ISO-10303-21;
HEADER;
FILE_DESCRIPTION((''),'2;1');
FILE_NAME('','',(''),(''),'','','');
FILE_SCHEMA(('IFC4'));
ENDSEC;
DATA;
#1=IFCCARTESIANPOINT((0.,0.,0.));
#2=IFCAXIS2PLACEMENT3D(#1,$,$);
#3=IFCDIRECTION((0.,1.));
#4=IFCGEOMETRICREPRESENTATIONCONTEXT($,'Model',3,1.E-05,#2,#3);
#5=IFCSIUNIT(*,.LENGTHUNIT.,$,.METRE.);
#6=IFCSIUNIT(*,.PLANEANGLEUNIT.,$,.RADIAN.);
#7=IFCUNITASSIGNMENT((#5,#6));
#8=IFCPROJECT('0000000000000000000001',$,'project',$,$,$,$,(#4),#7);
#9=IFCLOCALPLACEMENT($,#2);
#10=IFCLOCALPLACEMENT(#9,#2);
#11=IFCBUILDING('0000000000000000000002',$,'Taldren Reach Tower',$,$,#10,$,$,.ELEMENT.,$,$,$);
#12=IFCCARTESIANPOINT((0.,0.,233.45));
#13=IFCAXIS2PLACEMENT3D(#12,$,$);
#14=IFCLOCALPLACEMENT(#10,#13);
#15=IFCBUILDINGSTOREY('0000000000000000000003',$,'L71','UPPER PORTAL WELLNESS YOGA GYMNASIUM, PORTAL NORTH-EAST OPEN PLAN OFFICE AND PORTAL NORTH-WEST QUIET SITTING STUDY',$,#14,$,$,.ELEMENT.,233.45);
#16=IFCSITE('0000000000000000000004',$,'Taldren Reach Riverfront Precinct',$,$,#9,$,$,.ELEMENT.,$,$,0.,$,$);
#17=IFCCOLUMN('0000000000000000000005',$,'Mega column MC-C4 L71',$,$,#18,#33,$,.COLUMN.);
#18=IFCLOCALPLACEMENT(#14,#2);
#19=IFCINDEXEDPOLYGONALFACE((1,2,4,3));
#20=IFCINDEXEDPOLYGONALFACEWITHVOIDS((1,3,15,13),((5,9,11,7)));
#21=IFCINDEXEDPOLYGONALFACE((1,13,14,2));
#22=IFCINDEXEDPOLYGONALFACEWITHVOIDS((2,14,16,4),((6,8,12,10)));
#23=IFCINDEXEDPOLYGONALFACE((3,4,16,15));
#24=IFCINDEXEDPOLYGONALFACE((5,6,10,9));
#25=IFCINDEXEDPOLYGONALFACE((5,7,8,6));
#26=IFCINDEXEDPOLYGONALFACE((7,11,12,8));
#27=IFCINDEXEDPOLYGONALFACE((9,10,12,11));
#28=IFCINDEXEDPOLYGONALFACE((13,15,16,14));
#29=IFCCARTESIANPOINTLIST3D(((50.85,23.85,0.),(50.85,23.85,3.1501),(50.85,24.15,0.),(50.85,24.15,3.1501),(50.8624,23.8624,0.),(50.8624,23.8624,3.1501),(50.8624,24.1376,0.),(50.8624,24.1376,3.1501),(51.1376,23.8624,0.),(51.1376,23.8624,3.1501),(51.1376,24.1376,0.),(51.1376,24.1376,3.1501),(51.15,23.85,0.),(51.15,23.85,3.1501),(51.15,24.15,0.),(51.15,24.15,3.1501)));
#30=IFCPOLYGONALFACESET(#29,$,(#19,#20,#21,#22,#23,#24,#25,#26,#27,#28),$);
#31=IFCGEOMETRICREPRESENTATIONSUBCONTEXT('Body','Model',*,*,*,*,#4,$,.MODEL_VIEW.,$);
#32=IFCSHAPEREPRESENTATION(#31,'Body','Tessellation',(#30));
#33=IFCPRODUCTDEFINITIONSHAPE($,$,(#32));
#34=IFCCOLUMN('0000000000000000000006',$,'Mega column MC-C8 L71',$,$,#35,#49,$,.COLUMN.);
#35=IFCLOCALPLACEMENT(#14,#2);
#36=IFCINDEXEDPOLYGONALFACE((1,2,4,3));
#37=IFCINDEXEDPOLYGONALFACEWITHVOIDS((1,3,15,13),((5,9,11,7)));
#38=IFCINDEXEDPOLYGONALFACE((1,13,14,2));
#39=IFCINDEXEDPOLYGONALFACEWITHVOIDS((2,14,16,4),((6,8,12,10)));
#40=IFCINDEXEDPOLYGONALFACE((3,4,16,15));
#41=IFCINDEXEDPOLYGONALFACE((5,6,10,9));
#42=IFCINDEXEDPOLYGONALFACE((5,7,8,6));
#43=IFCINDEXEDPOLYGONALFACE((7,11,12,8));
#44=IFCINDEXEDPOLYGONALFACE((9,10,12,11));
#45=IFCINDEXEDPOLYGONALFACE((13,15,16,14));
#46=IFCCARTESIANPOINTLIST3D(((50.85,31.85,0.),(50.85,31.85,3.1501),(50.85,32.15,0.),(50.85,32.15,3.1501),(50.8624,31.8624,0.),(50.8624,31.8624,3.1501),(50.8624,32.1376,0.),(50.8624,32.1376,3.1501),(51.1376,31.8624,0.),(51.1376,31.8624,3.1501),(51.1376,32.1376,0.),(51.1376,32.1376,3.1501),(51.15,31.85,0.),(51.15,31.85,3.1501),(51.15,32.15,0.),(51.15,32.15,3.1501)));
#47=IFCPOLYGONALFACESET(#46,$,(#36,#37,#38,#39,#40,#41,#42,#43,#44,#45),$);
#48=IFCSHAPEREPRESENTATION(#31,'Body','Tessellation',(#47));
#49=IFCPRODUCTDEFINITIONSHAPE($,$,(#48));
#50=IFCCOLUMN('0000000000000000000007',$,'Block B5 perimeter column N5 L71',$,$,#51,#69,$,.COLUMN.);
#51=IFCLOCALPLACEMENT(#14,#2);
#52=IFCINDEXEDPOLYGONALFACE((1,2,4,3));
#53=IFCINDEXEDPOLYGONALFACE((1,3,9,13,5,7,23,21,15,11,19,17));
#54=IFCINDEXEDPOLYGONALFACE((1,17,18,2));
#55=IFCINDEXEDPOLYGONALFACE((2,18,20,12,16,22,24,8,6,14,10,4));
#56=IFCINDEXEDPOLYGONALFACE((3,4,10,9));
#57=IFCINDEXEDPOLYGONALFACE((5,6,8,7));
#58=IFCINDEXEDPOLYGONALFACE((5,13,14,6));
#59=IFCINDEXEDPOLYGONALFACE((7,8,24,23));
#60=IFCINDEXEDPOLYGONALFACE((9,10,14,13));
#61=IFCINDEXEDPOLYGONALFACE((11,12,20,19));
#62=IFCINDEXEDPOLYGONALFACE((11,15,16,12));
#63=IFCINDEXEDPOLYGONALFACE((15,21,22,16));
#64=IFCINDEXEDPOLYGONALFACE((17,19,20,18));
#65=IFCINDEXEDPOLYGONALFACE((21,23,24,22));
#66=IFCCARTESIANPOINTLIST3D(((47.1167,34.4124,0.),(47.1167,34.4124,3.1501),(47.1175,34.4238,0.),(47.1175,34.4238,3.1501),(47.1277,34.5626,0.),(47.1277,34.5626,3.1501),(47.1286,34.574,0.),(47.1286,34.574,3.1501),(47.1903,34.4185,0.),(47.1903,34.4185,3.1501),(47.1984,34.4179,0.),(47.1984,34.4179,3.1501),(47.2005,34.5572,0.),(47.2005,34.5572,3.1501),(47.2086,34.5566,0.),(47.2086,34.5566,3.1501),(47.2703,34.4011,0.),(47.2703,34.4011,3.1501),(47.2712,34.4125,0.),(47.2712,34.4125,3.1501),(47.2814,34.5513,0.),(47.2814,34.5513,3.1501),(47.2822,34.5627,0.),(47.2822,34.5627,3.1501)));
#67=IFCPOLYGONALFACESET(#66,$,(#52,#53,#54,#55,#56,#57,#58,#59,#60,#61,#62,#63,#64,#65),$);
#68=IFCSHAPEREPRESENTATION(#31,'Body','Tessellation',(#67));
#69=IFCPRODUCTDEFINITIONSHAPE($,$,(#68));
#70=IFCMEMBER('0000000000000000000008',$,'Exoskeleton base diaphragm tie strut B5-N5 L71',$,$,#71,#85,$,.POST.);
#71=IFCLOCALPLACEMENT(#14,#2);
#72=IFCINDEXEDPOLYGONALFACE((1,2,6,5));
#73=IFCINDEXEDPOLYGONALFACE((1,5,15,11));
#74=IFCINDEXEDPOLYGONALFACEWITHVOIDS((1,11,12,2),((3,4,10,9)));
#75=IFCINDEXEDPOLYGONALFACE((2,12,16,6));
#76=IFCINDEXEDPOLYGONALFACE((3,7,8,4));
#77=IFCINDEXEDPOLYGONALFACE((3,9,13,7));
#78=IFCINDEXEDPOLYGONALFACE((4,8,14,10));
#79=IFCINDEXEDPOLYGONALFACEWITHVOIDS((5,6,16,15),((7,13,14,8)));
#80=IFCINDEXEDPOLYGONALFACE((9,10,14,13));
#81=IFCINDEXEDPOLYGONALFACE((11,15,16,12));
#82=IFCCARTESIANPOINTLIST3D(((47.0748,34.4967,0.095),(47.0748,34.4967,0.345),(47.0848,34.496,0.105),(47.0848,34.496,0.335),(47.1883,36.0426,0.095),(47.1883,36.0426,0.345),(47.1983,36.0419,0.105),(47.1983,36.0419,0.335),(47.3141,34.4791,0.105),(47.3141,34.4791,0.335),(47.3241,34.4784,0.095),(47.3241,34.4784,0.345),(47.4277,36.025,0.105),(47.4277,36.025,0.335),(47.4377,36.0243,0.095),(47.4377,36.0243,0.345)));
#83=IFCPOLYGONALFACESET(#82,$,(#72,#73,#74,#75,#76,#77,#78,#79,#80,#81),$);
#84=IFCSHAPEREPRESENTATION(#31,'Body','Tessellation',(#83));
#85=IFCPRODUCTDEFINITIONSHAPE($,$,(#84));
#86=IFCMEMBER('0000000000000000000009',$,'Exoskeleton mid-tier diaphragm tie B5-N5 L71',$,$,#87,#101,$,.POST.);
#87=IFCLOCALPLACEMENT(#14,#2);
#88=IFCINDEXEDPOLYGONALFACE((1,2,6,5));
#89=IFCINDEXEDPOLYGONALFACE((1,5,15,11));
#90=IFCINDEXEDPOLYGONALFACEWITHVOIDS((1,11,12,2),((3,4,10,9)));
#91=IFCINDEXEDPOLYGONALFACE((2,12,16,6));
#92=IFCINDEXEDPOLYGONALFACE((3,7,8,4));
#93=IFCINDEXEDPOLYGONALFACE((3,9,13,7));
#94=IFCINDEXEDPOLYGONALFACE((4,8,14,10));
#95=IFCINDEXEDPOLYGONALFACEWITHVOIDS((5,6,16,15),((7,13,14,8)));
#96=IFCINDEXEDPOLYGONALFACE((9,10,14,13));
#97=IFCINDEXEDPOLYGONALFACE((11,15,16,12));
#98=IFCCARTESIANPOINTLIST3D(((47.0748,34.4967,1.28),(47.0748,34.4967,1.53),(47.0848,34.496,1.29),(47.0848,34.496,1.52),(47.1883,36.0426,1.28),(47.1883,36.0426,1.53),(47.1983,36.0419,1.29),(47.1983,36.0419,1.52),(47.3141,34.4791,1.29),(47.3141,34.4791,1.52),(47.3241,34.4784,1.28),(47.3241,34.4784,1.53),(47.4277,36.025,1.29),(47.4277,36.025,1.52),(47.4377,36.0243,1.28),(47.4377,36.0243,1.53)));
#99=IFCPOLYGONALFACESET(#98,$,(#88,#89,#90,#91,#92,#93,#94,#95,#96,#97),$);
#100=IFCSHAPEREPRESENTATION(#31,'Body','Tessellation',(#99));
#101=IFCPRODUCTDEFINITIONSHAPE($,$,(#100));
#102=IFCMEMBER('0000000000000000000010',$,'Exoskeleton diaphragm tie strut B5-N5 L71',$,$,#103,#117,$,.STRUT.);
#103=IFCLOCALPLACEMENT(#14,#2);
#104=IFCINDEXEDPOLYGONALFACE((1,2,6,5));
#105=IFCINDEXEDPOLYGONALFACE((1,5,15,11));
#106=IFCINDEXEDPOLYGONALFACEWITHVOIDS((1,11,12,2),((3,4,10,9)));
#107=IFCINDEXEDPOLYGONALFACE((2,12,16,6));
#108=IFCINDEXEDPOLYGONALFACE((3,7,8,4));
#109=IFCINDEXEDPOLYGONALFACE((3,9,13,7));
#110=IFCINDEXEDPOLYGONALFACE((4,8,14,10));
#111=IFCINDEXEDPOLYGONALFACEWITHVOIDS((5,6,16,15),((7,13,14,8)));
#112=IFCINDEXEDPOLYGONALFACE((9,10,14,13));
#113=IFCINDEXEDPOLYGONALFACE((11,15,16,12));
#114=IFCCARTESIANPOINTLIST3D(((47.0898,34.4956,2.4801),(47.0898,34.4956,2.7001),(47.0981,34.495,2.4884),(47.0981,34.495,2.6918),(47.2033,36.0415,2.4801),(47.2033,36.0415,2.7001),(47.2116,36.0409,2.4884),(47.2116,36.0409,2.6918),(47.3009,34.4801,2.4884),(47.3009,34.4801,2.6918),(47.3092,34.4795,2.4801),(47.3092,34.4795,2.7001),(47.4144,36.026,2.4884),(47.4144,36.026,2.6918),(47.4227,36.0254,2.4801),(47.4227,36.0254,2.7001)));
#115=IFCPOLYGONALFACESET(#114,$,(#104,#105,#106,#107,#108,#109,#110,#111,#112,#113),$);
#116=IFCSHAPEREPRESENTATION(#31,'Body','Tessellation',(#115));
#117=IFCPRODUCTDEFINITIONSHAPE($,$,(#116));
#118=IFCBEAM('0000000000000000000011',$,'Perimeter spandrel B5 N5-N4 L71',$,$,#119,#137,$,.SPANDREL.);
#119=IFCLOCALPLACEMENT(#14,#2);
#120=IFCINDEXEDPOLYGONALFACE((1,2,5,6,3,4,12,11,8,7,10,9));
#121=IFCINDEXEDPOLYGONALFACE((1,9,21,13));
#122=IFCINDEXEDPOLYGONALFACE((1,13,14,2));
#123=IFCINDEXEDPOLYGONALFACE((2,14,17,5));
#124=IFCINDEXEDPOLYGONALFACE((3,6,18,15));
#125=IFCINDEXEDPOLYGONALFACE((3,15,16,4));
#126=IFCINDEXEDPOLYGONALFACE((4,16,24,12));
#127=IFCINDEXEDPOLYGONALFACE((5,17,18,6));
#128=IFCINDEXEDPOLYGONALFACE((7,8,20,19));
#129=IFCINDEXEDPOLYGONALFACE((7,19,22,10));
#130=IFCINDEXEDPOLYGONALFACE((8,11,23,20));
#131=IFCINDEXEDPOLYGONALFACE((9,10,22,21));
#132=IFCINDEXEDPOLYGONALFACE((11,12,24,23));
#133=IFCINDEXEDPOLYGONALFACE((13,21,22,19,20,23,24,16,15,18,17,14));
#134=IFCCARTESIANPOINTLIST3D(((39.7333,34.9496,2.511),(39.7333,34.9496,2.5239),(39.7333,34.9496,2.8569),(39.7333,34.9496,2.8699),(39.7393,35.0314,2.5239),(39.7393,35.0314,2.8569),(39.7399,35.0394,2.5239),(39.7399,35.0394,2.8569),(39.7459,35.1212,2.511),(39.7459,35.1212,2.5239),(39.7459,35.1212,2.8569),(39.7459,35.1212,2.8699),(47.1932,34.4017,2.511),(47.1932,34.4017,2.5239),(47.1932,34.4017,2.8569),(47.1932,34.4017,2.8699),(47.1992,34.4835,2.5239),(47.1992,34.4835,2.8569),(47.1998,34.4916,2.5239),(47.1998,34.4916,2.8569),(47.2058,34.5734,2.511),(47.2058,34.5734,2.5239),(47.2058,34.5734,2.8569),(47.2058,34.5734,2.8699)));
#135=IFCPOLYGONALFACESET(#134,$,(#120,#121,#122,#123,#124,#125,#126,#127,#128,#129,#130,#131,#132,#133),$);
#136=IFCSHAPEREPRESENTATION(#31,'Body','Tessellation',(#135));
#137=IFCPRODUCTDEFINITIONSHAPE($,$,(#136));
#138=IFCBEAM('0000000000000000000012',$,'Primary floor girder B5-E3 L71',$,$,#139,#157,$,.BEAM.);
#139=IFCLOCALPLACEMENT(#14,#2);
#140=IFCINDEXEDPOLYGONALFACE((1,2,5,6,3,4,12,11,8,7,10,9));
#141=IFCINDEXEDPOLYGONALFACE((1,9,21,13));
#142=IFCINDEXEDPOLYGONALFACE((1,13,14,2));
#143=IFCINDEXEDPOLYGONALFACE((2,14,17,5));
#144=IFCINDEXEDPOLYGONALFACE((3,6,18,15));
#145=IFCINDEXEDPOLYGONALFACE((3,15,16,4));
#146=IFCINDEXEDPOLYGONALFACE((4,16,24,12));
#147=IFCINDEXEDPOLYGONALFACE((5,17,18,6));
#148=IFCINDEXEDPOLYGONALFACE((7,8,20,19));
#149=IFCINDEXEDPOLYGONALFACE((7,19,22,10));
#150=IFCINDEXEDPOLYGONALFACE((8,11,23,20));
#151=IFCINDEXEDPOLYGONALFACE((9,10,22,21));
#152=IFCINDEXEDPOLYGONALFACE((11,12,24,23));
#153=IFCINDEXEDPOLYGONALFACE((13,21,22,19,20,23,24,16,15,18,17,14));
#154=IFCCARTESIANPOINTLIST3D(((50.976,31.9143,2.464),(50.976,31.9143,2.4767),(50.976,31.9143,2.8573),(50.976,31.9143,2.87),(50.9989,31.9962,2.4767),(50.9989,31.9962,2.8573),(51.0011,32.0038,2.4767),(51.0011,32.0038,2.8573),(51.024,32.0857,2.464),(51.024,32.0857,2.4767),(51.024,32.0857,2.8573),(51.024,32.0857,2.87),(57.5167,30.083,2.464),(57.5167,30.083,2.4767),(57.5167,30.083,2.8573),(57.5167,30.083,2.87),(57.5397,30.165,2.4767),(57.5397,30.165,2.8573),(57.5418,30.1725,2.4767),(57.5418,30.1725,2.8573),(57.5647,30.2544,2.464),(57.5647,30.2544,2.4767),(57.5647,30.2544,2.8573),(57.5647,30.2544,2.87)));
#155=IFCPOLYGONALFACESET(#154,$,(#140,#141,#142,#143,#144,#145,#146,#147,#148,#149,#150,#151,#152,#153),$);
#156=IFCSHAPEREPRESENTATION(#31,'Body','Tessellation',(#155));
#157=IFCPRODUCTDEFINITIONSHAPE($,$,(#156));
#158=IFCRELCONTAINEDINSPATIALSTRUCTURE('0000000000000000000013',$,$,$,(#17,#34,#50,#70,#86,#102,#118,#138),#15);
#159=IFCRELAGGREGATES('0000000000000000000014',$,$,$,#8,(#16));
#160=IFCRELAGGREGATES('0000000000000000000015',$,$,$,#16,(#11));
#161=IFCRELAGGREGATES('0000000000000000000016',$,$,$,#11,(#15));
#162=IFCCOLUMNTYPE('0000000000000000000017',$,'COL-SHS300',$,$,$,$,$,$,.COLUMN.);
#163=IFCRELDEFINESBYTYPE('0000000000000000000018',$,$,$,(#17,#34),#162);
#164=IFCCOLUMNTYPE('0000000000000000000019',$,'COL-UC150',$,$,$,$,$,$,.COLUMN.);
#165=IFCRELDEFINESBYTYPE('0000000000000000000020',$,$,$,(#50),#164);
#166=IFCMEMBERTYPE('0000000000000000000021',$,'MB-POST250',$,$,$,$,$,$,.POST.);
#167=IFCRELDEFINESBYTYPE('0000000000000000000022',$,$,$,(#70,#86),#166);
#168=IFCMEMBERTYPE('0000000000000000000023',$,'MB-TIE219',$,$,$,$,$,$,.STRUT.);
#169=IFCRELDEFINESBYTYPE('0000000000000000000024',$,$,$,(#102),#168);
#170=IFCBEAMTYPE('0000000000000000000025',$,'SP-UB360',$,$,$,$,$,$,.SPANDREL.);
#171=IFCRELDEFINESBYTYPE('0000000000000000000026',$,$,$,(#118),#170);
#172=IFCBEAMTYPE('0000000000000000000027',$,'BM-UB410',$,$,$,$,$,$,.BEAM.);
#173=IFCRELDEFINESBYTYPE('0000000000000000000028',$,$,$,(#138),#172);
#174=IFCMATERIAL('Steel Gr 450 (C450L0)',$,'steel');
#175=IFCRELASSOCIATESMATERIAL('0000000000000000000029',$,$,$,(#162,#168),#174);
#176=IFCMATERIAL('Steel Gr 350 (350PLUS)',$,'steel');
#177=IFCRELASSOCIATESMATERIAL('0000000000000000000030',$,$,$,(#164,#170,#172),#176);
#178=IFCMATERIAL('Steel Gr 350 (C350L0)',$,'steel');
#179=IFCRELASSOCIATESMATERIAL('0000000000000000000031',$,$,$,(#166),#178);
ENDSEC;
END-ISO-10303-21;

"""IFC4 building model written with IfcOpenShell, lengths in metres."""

from ifc_helpers import new_model, si_unit, direction, frame, origin, origin_2d, place, context, subcontext, project, spatial, hollow_rectangle, i_section, extrude, source, transform, mapped, material, material_profile, profile_set, type_object, element, save


model = new_model("IFC4")

# Units and contexts
model_context = context("Model", 3, precision=1e-05, world=origin(), true_north=direction((0.0, 1.0)))
body_context = subcontext(model_context, "Body", "Model", "MODEL_VIEW")
ifc_project = project(units=[si_unit("LENGTHUNIT", "METRE"), si_unit("PLANEANGLEUNIT", "RADIAN")], contexts=[model_context])

# Site, building, storey
site_placement = place(None, origin())
site = spatial("IfcSite", under=ifc_project, at=site_placement, Name="Taldren Reach Riverfront Precinct", CompositionType="ELEMENT", RefElevation=0.0)
building_placement = place(site_placement, origin())
building = spatial("IfcBuilding", under=site, at=building_placement, Name="Taldren Reach Tower", CompositionType="ELEMENT")
storey_placement = place(building_placement, frame((0.0, 0.0, 233.45)))
storey = spatial("IfcBuildingStorey", under=building, at=storey_placement, Name="L71", Description="UPPER PORTAL WELLNESS YOGA GYMNASIUM, PORTAL NORTH-EAST OPEN PLAN OFFICE AND PORTAL NORTH-WEST QUIET SITTING STUDY", CompositionType="ELEMENT", Elevation=233.45)

# Columns
ifc_material_1 = material(Name="Steel Gr 450 (C450L0)", Category="steel")
ifc_material_profile_1 = material_profile(ifc_material_1, hollow_rectangle(XDim=0.3, YDim=0.3, WallThickness=0.0125, at=origin_2d()), Name="300x300x12.5SHS")
ifc_profile_set_1 = profile_set([ifc_material_profile_1], Name="Steel Gr 450 (C450L0)")
column_type_1 = type_object("IfcColumnType", Name="COL-SHS300", PredefinedType="COLUMN", material=ifc_profile_set_1)
shared_shape_1 = source(origin(), body_context, "Body", "SweptSolid", [
    extrude(hollow_rectangle(XDim=0.3, YDim=0.3, WallThickness=0.0125, at=origin_2d()), origin(), (0.0, 0.0, 1.0), 3.1501),
])
for number, where, z_axis, x_axis, name in (
    (1, (51.0, 24.0, 0.0), (0.0, 0.0, 1.0), (1.0, 0.0, 0.0), "Mega column MC-C4 L71"),
    (2, (51.0, 32.0, 0.0), (0.0, 0.0, 1.0), (1.0, 0.0, 0.0), "Mega column MC-C8 L71"),
):
    element("IfcColumn", number, at=place(storey_placement, frame(where, z_axis=z_axis, x_axis=x_axis)), inside=storey, type_object=column_type_1, Name=name, PredefinedType="COLUMN", context=body_context, shape_type="MappedRepresentation", body=[
        mapped(shared_shape_1, transform((0.0, 0.0, 0.0), scale=1.0)),
    ])
ifc_material_2 = material(Name="Steel Gr 350 (350PLUS)", Category="steel")
ifc_material_profile_2 = material_profile(ifc_material_2, i_section(OverallWidth=0.1541, OverallDepth=0.1621, WebThickness=0.0081, FlangeThickness=0.0115, at=origin_2d()), Name="150UC37.2")
ifc_profile_set_2 = profile_set([ifc_material_profile_2], Name="Steel Gr 350 (350PLUS)")
column_type_2 = type_object("IfcColumnType", Name="COL-UC150", PredefinedType="COLUMN", material=ifc_profile_set_2)
shared_shape_2 = source(origin(), body_context, "Body", "SweptSolid", [
    extrude(i_section(OverallWidth=0.1541, OverallDepth=0.1621, WebThickness=0.0081, FlangeThickness=0.0115, at=origin_2d()), origin(), (0.0, 0.0, 1.0), 3.1501),
])
column_placement = place(storey_placement, frame((47.1995, 34.4875, 0.0), z_axis=(0.0, 0.0, 1.0), x_axis=(0.997314, -0.073238, 0.0)))
element("IfcColumn", 3, at=column_placement, inside=storey, type_object=column_type_2, Name="Block B5 perimeter column N5 L71", PredefinedType="COLUMN", context=body_context, shape_type="MappedRepresentation", body=[
    mapped(shared_shape_2, transform((0.0, 0.0, 0.0), scale=1.0)),
])

# Members
ifc_material_3 = material(Name="Steel Gr 350 (C350L0)", Category="steel")
ifc_material_profile_3 = material_profile(ifc_material_3, hollow_rectangle(XDim=0.25, YDim=0.25, WallThickness=0.01, at=origin_2d()), Name="250x250x10.0SHS")
ifc_profile_set_3 = profile_set([ifc_material_profile_3], Name="Steel Gr 350 (C350L0)")
member_type_1 = type_object("IfcMemberType", Name="MB-POST250", PredefinedType="POST", material=ifc_profile_set_3)
shared_shape_3 = source(origin(), body_context, "Body", "SweptSolid", [
    extrude(hollow_rectangle(XDim=0.25, YDim=0.25, WallThickness=0.01, at=origin_2d()), origin(), (0.0, 0.0, 1.0), 1.55),
])
for number, where, z_axis, x_axis, name in (
    (4, (47.1995, 34.4875, 0.22), (0.073239, 0.997314, 0.0), (-0.997314, 0.073239, 0.0), "Exoskeleton base diaphragm tie strut B5-N5 L71"),
    (5, (47.1995, 34.4875, 1.405), (0.073239, 0.997314, 0.0), (-0.997314, 0.073239, 0.0), "Exoskeleton mid-tier diaphragm tie B5-N5 L71"),
):
    element("IfcMember", number, at=place(storey_placement, frame(where, z_axis=z_axis, x_axis=x_axis)), inside=storey, type_object=member_type_1, Name=name, PredefinedType="POST", context=body_context, shape_type="MappedRepresentation", body=[
        mapped(shared_shape_3, transform((0.0, 0.0, 0.0), scale=1.0)),
    ])
ifc_material_profile_4 = material_profile(ifc_material_1, hollow_rectangle(XDim=0.22, YDim=0.22, WallThickness=0.0083, at=origin_2d()), Name="220x220x8.2SHS")
ifc_profile_set_4 = profile_set([ifc_material_profile_4], Name="Steel Gr 450 (C450L0)")
member_type_2 = type_object("IfcMemberType", Name="MB-TIE219", PredefinedType="STRUT", material=ifc_profile_set_4)
shared_shape_4 = source(origin(), body_context, "Body", "SweptSolid", [
    extrude(hollow_rectangle(XDim=0.22, YDim=0.22, WallThickness=0.0083, at=origin_2d()), origin(), (0.0, 0.0, 1.0), 1.55),
])
member_1_placement = place(storey_placement, frame((47.1995, 34.4875, 2.5901), z_axis=(0.073239, 0.997314, 0.0), x_axis=(-0.997314, 0.073239, 0.0)))
element("IfcMember", 6, at=member_1_placement, inside=storey, type_object=member_type_2, Name="Exoskeleton diaphragm tie strut B5-N5 L71", PredefinedType="STRUT", context=body_context, shape_type="MappedRepresentation", body=[
    mapped(shared_shape_4, transform((0.0, 0.0, 0.0), scale=1.0)),
])

# Beams
ifc_material_profile_5 = material_profile(ifc_material_2, i_section(OverallWidth=0.1721, OverallDepth=0.3589, WebThickness=0.0081, FlangeThickness=0.0129, at=origin_2d()), Name="360UB56.7")
ifc_profile_set_5 = profile_set([ifc_material_profile_5], Name="Steel Gr 350 (350PLUS)")
beam_type_1 = type_object("IfcBeamType", Name="SP-UB360", PredefinedType="SPANDREL", material=ifc_profile_set_5)
shared_shape_5 = source(origin(), body_context, "Body", "SweptSolid", [
    extrude(i_section(OverallWidth=0.1721, OverallDepth=0.3589, WebThickness=0.0081, FlangeThickness=0.0129, at=origin_2d()), origin(), (0.0, 0.0, 1.0), 7.48),
])
beam_1_placement = place(storey_placement, frame((47.1995, 34.4875, 2.6904), z_axis=(-0.997314, 0.073242, 0.0), x_axis=(-0.073242, -0.997314, 0.0)))
element("IfcBeam", 7, at=beam_1_placement, inside=storey, type_object=beam_type_1, Name="Perimeter spandrel B5 N5-N4 L71", PredefinedType="SPANDREL", context=body_context, shape_type="MappedRepresentation", body=[
    mapped(shared_shape_5, transform((0.0, 0.0, 0.0), scale=1.0)),
])
ifc_material_profile_6 = material_profile(ifc_material_2, i_section(OverallWidth=0.178, OverallDepth=0.406, WebThickness=0.0078, FlangeThickness=0.0127, at=origin_2d()), Name="410UB59.7")
ifc_profile_set_6 = profile_set([ifc_material_profile_6], Name="Steel Gr 350 (350PLUS)")
beam_type_2 = type_object("IfcBeamType", Name="BM-UB410", PredefinedType="BEAM", material=ifc_profile_set_6)
shared_shape_6 = source(origin(), body_context, "Body", "SweptSolid", [
    extrude(i_section(OverallWidth=0.178, OverallDepth=0.406, WebThickness=0.0078, FlangeThickness=0.0127, at=origin_2d()), origin(), (0.0, 0.0, 1.0), 6.7922),
])
beam_2_placement = place(storey_placement, frame((51.0, 32.0, 2.667), z_axis=(0.962968, -0.269614, 0.0), x_axis=(0.269614, 0.962968, 0.0)))
element("IfcBeam", 8, at=beam_2_placement, inside=storey, type_object=beam_type_2, Name="Primary floor girder B5-E3 L71", PredefinedType="BEAM", context=body_context, shape_type="MappedRepresentation", body=[
    mapped(shared_shape_6, transform((0.0, 0.0, 0.0), scale=1.0)),
])

save(model, "model.ifc")
